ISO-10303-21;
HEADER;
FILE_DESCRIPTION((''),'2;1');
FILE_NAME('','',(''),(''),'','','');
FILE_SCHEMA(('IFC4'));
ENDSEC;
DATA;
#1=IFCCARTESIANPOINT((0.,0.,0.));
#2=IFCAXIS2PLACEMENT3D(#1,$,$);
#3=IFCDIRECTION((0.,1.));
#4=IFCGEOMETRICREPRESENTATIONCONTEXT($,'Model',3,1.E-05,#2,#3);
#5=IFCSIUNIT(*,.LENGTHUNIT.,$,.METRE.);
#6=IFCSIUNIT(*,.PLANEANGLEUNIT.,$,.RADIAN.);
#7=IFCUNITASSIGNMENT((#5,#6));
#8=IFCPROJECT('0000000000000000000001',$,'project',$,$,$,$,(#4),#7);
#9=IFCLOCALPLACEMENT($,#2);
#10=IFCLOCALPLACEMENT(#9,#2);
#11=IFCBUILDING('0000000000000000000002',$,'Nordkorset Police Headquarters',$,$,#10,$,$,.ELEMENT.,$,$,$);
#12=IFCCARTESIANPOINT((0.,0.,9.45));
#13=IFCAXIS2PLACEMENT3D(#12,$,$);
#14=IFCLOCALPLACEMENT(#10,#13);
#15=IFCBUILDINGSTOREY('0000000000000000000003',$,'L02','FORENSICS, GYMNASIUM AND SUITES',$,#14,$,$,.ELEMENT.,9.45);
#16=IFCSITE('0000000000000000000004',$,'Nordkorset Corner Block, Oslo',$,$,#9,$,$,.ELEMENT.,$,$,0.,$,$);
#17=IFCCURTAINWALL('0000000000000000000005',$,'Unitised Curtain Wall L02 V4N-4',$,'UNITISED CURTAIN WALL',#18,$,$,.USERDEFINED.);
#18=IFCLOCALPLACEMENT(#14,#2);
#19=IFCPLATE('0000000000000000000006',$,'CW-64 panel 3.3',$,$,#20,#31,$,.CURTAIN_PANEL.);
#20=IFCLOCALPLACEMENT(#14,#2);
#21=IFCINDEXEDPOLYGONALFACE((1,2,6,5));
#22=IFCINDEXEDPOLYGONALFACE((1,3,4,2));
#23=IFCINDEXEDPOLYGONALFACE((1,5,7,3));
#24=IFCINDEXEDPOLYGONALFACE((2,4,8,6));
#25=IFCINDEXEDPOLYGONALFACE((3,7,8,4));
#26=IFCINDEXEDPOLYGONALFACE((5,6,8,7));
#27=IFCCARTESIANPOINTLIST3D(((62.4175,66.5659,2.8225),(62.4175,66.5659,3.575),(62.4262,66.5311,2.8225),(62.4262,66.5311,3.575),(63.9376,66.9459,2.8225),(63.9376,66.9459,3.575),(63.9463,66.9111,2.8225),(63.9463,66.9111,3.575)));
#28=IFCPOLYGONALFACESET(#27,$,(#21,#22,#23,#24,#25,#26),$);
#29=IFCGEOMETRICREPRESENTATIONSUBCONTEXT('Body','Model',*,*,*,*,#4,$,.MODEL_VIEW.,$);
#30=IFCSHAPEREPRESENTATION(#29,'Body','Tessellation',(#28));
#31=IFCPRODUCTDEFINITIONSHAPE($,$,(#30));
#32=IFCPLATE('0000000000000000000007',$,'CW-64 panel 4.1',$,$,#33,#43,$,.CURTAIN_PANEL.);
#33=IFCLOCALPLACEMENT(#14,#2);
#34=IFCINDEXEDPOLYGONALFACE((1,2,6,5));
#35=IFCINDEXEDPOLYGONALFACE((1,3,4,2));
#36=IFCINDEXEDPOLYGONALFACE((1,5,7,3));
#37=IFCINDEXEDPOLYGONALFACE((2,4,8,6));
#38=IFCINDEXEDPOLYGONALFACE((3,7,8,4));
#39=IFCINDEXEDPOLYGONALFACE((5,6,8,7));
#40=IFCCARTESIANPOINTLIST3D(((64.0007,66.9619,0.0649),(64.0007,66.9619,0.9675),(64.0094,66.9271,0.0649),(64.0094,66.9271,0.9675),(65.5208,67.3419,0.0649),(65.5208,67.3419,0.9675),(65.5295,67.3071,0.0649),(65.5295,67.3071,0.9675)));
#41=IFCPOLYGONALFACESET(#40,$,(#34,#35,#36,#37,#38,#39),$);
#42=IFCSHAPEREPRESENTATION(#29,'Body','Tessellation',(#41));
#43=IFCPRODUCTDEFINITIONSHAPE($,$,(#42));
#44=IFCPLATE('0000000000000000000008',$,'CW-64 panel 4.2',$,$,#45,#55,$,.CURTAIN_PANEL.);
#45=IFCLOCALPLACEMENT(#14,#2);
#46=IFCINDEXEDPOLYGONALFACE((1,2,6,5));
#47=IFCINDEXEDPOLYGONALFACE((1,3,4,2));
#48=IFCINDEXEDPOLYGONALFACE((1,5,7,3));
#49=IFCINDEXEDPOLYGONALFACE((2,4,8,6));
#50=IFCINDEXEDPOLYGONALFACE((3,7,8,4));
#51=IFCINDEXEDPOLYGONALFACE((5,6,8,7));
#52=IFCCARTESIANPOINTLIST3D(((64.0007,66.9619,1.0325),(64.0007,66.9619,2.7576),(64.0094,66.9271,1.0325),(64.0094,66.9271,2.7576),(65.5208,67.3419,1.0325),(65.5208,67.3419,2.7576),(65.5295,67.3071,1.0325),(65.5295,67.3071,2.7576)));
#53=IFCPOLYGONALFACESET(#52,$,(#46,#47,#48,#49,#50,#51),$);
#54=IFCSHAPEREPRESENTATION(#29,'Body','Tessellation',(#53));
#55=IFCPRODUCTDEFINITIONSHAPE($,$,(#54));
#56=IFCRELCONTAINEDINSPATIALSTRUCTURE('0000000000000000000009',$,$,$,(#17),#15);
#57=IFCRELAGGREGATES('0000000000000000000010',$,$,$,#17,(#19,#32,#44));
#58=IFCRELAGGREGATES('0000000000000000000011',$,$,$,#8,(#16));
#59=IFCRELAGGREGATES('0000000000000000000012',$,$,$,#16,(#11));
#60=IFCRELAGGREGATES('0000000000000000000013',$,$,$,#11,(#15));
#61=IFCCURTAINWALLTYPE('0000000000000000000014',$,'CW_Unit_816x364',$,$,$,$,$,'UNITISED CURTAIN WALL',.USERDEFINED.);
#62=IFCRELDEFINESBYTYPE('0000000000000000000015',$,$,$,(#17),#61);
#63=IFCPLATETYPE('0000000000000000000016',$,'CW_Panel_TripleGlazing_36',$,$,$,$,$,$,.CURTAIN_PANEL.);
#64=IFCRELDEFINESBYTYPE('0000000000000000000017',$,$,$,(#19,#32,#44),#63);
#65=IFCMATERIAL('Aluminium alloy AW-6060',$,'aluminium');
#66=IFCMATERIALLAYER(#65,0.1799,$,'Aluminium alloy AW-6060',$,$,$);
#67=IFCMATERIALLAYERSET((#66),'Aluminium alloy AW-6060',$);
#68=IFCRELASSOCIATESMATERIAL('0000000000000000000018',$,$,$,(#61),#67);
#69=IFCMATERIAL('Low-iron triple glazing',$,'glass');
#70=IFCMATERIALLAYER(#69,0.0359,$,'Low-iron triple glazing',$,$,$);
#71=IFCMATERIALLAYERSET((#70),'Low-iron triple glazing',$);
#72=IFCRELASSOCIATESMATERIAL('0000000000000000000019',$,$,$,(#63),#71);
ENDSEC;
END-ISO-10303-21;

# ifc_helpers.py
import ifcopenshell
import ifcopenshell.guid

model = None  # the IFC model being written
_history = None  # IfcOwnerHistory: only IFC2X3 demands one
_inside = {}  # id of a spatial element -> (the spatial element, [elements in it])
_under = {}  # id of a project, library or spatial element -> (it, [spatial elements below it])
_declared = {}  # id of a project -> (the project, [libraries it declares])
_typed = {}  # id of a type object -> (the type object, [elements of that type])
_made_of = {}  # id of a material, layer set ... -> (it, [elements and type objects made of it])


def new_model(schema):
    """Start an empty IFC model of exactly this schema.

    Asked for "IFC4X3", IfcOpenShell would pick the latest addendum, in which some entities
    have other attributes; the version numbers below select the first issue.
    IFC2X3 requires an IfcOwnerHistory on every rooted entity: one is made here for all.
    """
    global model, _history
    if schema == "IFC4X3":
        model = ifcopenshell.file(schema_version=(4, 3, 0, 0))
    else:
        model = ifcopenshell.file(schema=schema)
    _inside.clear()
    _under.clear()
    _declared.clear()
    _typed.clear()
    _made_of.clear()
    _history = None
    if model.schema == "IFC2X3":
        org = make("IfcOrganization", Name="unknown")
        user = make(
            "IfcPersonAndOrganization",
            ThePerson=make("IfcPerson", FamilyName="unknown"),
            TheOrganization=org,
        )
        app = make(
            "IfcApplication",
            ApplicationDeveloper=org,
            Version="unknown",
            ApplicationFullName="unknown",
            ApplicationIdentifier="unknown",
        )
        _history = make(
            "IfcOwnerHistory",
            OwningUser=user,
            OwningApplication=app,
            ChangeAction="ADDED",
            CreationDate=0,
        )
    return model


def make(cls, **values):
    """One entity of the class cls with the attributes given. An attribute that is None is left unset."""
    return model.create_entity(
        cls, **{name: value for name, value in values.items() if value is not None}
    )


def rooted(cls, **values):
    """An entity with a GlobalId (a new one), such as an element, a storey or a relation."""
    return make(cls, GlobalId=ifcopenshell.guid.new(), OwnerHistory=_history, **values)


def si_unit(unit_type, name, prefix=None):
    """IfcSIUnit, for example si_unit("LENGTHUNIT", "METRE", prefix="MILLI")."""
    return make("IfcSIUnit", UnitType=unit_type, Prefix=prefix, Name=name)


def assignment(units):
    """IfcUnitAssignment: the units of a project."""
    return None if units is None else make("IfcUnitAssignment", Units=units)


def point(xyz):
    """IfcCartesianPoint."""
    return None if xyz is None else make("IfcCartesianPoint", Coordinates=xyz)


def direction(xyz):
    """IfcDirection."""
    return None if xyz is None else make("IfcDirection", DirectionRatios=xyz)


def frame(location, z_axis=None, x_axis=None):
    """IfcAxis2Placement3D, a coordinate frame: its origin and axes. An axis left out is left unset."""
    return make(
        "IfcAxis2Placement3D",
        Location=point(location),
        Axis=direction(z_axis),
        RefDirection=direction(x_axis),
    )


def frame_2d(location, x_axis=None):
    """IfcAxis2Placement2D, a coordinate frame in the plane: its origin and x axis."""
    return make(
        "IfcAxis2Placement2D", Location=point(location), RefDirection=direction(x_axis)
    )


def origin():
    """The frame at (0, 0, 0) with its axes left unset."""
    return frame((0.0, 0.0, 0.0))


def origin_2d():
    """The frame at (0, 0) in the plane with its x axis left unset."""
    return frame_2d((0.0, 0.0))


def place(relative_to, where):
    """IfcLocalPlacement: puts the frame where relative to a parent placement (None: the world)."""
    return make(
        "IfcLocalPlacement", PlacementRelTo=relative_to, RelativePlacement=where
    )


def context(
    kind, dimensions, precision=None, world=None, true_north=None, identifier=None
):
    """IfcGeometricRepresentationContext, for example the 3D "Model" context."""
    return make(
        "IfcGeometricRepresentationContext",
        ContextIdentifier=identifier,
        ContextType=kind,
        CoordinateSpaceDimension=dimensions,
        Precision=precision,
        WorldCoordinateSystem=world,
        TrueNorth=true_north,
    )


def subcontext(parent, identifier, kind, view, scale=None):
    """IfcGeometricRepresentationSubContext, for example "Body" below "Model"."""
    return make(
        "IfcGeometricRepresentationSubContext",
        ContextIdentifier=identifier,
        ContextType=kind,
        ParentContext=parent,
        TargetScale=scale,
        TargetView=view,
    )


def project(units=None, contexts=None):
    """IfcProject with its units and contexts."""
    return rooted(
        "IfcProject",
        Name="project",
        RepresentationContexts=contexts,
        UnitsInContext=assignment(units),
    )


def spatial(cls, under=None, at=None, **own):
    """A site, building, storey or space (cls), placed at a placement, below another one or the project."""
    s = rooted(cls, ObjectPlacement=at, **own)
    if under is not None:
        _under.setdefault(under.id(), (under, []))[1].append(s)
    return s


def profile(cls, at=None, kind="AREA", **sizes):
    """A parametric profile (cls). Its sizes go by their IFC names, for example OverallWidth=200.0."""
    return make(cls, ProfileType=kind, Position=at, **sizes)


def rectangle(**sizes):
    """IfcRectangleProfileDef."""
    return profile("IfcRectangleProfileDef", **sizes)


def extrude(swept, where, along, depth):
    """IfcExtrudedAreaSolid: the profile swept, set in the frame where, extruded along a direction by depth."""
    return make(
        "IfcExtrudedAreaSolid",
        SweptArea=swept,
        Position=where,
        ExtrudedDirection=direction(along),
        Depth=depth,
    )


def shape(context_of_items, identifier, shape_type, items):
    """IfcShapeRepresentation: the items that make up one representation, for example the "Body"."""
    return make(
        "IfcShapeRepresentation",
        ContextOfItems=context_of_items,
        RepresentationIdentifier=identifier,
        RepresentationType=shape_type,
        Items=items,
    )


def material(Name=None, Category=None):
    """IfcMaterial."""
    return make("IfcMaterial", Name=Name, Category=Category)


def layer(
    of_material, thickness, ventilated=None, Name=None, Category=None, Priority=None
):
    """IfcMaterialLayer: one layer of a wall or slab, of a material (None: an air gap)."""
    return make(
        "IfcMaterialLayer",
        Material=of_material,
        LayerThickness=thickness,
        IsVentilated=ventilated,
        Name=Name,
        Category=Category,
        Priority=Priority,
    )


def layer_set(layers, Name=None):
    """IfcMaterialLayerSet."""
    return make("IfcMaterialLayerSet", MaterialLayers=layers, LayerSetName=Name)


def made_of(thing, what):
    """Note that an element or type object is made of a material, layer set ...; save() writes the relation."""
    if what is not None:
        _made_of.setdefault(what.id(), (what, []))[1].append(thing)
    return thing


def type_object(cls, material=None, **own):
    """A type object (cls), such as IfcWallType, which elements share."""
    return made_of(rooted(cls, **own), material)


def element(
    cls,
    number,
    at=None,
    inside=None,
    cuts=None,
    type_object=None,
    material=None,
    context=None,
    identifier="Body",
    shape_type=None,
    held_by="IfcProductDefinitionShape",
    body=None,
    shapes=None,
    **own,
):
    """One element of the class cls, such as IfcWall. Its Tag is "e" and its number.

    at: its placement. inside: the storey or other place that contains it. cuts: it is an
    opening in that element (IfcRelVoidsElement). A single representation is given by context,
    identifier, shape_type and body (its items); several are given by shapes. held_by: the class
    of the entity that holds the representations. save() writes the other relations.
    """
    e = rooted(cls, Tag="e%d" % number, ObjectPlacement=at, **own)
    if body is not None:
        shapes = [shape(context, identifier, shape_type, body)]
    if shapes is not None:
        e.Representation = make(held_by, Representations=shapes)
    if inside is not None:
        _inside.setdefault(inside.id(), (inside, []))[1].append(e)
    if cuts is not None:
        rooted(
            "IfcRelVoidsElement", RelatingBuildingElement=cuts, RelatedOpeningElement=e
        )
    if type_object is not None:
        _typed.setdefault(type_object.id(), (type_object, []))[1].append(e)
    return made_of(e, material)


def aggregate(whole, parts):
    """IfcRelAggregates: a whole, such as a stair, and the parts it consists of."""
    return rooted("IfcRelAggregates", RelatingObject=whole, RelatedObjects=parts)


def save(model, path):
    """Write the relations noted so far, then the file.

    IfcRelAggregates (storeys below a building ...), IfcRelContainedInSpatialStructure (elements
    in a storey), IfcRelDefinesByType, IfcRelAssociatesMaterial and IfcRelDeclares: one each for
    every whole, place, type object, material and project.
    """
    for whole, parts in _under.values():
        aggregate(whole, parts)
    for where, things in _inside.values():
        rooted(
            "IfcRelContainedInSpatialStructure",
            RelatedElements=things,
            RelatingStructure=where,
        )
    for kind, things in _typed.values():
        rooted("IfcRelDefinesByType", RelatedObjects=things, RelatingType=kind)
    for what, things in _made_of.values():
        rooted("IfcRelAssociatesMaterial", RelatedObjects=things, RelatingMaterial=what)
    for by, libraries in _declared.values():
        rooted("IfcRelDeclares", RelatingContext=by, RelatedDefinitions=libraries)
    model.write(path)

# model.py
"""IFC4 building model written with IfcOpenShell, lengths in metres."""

from ifc_helpers import new_model, si_unit, direction, frame, origin, origin_2d, place, context, subcontext, project, spatial, rectangle, extrude, material, layer, layer_set, type_object, element, aggregate, save


model = new_model("IFC4")

# Units and contexts
model_context = context("Model", 3, precision=1e-05, world=origin(), true_north=direction((0.0, 1.0)))
body_context = subcontext(model_context, "Body", "Model", "MODEL_VIEW")
ifc_project = project(units=[si_unit("LENGTHUNIT", "METRE"), si_unit("PLANEANGLEUNIT", "RADIAN")], contexts=[model_context])

# Site, building, storey
site_placement = place(None, origin())
site = spatial("IfcSite", under=ifc_project, at=site_placement, Name="Nordkorset Corner Block, Oslo", CompositionType="ELEMENT", RefElevation=0.0)
building_placement = place(site_placement, origin())
building = spatial("IfcBuilding", under=site, at=building_placement, Name="Nordkorset Police Headquarters", CompositionType="ELEMENT")
storey_placement = place(building_placement, frame((0.0, 0.0, 9.45)))
storey = spatial("IfcBuildingStorey", under=building, at=storey_placement, Name="L02", Description="FORENSICS, GYMNASIUM AND SUITES", CompositionType="ELEMENT", Elevation=9.45)

# Curtain wall
ifc_material_1 = material(Name="Aluminium alloy AW-6060", Category="aluminium")
ifc_layer_1 = layer(ifc_material_1, 0.1799, Name="Aluminium alloy AW-6060")
ifc_layer_set_1 = layer_set([ifc_layer_1], Name="Aluminium alloy AW-6060")
curtain_wall_type = type_object("IfcCurtainWallType", Name="CW_Unit_816x364", ElementType="UNITISED CURTAIN WALL", PredefinedType="USERDEFINED", material=ifc_layer_set_1)
curtain_wall_1_placement = place(storey_placement, origin())
curtain_wall_1 = element("IfcCurtainWall", 1, at=curtain_wall_1_placement, inside=storey, type_object=curtain_wall_type, Name="Unitised Curtain Wall L02 V4N-4", ObjectType="UNITISED CURTAIN WALL", PredefinedType="USERDEFINED")

# Plates
ifc_material_2 = material(Name="Low-iron triple glazing", Category="glass")
ifc_layer_2 = layer(ifc_material_2, 0.0359, Name="Low-iron triple glazing")
ifc_layer_set_2 = layer_set([ifc_layer_2], Name="Low-iron triple glazing")
plate_type = type_object("IfcPlateType", Name="CW_Panel_TripleGlazing_36", PredefinedType="CURTAIN_PANEL", material=ifc_layer_set_2)
plate_1_placement = place(storey_placement, frame((63.1819, 66.7385, 2.8225), z_axis=(0.0, 0.0, 1.0), x_axis=(0.970143, 0.242535, 0.0)))
plate_1 = element("IfcPlate", 2, at=plate_1_placement, type_object=plate_type, Name="CW-64 panel 3.3", PredefinedType="CURTAIN_PANEL", context=body_context, shape_type="SweptSolid", body=[
    extrude(rectangle(XDim=1.5669, YDim=0.0359, at=origin_2d()), origin(), (0.0, 0.0, 1.0), 0.7524),
])
plate_2_placement = place(storey_placement, frame((64.7651, 67.1345, 0.0649), z_axis=(0.0, 0.0, 1.0), x_axis=(0.970143, 0.242535, 0.0)))
plate_2 = element("IfcPlate", 3, at=plate_2_placement, type_object=plate_type, Name="CW-64 panel 4.1", PredefinedType="CURTAIN_PANEL", context=body_context, shape_type="SweptSolid", body=[
    extrude(rectangle(XDim=1.5669, YDim=0.0359, at=origin_2d()), origin(), (0.0, 0.0, 1.0), 0.9026),
])
plate_3_placement = place(storey_placement, frame((64.7651, 67.1345, 1.0325), z_axis=(0.0, 0.0, 1.0), x_axis=(0.970143, 0.242535, 0.0)))
plate_3 = element("IfcPlate", 4, at=plate_3_placement, type_object=plate_type, Name="CW-64 panel 4.2", PredefinedType="CURTAIN_PANEL", context=body_context, shape_type="SweptSolid", body=[
    extrude(rectangle(XDim=1.5669, YDim=0.0359, at=origin_2d()), origin(), (0.0, 0.0, 1.0), 1.7251),
])
aggregate(curtain_wall_1, [plate_1, plate_2, plate_3])

save(model, "model.ifc")
